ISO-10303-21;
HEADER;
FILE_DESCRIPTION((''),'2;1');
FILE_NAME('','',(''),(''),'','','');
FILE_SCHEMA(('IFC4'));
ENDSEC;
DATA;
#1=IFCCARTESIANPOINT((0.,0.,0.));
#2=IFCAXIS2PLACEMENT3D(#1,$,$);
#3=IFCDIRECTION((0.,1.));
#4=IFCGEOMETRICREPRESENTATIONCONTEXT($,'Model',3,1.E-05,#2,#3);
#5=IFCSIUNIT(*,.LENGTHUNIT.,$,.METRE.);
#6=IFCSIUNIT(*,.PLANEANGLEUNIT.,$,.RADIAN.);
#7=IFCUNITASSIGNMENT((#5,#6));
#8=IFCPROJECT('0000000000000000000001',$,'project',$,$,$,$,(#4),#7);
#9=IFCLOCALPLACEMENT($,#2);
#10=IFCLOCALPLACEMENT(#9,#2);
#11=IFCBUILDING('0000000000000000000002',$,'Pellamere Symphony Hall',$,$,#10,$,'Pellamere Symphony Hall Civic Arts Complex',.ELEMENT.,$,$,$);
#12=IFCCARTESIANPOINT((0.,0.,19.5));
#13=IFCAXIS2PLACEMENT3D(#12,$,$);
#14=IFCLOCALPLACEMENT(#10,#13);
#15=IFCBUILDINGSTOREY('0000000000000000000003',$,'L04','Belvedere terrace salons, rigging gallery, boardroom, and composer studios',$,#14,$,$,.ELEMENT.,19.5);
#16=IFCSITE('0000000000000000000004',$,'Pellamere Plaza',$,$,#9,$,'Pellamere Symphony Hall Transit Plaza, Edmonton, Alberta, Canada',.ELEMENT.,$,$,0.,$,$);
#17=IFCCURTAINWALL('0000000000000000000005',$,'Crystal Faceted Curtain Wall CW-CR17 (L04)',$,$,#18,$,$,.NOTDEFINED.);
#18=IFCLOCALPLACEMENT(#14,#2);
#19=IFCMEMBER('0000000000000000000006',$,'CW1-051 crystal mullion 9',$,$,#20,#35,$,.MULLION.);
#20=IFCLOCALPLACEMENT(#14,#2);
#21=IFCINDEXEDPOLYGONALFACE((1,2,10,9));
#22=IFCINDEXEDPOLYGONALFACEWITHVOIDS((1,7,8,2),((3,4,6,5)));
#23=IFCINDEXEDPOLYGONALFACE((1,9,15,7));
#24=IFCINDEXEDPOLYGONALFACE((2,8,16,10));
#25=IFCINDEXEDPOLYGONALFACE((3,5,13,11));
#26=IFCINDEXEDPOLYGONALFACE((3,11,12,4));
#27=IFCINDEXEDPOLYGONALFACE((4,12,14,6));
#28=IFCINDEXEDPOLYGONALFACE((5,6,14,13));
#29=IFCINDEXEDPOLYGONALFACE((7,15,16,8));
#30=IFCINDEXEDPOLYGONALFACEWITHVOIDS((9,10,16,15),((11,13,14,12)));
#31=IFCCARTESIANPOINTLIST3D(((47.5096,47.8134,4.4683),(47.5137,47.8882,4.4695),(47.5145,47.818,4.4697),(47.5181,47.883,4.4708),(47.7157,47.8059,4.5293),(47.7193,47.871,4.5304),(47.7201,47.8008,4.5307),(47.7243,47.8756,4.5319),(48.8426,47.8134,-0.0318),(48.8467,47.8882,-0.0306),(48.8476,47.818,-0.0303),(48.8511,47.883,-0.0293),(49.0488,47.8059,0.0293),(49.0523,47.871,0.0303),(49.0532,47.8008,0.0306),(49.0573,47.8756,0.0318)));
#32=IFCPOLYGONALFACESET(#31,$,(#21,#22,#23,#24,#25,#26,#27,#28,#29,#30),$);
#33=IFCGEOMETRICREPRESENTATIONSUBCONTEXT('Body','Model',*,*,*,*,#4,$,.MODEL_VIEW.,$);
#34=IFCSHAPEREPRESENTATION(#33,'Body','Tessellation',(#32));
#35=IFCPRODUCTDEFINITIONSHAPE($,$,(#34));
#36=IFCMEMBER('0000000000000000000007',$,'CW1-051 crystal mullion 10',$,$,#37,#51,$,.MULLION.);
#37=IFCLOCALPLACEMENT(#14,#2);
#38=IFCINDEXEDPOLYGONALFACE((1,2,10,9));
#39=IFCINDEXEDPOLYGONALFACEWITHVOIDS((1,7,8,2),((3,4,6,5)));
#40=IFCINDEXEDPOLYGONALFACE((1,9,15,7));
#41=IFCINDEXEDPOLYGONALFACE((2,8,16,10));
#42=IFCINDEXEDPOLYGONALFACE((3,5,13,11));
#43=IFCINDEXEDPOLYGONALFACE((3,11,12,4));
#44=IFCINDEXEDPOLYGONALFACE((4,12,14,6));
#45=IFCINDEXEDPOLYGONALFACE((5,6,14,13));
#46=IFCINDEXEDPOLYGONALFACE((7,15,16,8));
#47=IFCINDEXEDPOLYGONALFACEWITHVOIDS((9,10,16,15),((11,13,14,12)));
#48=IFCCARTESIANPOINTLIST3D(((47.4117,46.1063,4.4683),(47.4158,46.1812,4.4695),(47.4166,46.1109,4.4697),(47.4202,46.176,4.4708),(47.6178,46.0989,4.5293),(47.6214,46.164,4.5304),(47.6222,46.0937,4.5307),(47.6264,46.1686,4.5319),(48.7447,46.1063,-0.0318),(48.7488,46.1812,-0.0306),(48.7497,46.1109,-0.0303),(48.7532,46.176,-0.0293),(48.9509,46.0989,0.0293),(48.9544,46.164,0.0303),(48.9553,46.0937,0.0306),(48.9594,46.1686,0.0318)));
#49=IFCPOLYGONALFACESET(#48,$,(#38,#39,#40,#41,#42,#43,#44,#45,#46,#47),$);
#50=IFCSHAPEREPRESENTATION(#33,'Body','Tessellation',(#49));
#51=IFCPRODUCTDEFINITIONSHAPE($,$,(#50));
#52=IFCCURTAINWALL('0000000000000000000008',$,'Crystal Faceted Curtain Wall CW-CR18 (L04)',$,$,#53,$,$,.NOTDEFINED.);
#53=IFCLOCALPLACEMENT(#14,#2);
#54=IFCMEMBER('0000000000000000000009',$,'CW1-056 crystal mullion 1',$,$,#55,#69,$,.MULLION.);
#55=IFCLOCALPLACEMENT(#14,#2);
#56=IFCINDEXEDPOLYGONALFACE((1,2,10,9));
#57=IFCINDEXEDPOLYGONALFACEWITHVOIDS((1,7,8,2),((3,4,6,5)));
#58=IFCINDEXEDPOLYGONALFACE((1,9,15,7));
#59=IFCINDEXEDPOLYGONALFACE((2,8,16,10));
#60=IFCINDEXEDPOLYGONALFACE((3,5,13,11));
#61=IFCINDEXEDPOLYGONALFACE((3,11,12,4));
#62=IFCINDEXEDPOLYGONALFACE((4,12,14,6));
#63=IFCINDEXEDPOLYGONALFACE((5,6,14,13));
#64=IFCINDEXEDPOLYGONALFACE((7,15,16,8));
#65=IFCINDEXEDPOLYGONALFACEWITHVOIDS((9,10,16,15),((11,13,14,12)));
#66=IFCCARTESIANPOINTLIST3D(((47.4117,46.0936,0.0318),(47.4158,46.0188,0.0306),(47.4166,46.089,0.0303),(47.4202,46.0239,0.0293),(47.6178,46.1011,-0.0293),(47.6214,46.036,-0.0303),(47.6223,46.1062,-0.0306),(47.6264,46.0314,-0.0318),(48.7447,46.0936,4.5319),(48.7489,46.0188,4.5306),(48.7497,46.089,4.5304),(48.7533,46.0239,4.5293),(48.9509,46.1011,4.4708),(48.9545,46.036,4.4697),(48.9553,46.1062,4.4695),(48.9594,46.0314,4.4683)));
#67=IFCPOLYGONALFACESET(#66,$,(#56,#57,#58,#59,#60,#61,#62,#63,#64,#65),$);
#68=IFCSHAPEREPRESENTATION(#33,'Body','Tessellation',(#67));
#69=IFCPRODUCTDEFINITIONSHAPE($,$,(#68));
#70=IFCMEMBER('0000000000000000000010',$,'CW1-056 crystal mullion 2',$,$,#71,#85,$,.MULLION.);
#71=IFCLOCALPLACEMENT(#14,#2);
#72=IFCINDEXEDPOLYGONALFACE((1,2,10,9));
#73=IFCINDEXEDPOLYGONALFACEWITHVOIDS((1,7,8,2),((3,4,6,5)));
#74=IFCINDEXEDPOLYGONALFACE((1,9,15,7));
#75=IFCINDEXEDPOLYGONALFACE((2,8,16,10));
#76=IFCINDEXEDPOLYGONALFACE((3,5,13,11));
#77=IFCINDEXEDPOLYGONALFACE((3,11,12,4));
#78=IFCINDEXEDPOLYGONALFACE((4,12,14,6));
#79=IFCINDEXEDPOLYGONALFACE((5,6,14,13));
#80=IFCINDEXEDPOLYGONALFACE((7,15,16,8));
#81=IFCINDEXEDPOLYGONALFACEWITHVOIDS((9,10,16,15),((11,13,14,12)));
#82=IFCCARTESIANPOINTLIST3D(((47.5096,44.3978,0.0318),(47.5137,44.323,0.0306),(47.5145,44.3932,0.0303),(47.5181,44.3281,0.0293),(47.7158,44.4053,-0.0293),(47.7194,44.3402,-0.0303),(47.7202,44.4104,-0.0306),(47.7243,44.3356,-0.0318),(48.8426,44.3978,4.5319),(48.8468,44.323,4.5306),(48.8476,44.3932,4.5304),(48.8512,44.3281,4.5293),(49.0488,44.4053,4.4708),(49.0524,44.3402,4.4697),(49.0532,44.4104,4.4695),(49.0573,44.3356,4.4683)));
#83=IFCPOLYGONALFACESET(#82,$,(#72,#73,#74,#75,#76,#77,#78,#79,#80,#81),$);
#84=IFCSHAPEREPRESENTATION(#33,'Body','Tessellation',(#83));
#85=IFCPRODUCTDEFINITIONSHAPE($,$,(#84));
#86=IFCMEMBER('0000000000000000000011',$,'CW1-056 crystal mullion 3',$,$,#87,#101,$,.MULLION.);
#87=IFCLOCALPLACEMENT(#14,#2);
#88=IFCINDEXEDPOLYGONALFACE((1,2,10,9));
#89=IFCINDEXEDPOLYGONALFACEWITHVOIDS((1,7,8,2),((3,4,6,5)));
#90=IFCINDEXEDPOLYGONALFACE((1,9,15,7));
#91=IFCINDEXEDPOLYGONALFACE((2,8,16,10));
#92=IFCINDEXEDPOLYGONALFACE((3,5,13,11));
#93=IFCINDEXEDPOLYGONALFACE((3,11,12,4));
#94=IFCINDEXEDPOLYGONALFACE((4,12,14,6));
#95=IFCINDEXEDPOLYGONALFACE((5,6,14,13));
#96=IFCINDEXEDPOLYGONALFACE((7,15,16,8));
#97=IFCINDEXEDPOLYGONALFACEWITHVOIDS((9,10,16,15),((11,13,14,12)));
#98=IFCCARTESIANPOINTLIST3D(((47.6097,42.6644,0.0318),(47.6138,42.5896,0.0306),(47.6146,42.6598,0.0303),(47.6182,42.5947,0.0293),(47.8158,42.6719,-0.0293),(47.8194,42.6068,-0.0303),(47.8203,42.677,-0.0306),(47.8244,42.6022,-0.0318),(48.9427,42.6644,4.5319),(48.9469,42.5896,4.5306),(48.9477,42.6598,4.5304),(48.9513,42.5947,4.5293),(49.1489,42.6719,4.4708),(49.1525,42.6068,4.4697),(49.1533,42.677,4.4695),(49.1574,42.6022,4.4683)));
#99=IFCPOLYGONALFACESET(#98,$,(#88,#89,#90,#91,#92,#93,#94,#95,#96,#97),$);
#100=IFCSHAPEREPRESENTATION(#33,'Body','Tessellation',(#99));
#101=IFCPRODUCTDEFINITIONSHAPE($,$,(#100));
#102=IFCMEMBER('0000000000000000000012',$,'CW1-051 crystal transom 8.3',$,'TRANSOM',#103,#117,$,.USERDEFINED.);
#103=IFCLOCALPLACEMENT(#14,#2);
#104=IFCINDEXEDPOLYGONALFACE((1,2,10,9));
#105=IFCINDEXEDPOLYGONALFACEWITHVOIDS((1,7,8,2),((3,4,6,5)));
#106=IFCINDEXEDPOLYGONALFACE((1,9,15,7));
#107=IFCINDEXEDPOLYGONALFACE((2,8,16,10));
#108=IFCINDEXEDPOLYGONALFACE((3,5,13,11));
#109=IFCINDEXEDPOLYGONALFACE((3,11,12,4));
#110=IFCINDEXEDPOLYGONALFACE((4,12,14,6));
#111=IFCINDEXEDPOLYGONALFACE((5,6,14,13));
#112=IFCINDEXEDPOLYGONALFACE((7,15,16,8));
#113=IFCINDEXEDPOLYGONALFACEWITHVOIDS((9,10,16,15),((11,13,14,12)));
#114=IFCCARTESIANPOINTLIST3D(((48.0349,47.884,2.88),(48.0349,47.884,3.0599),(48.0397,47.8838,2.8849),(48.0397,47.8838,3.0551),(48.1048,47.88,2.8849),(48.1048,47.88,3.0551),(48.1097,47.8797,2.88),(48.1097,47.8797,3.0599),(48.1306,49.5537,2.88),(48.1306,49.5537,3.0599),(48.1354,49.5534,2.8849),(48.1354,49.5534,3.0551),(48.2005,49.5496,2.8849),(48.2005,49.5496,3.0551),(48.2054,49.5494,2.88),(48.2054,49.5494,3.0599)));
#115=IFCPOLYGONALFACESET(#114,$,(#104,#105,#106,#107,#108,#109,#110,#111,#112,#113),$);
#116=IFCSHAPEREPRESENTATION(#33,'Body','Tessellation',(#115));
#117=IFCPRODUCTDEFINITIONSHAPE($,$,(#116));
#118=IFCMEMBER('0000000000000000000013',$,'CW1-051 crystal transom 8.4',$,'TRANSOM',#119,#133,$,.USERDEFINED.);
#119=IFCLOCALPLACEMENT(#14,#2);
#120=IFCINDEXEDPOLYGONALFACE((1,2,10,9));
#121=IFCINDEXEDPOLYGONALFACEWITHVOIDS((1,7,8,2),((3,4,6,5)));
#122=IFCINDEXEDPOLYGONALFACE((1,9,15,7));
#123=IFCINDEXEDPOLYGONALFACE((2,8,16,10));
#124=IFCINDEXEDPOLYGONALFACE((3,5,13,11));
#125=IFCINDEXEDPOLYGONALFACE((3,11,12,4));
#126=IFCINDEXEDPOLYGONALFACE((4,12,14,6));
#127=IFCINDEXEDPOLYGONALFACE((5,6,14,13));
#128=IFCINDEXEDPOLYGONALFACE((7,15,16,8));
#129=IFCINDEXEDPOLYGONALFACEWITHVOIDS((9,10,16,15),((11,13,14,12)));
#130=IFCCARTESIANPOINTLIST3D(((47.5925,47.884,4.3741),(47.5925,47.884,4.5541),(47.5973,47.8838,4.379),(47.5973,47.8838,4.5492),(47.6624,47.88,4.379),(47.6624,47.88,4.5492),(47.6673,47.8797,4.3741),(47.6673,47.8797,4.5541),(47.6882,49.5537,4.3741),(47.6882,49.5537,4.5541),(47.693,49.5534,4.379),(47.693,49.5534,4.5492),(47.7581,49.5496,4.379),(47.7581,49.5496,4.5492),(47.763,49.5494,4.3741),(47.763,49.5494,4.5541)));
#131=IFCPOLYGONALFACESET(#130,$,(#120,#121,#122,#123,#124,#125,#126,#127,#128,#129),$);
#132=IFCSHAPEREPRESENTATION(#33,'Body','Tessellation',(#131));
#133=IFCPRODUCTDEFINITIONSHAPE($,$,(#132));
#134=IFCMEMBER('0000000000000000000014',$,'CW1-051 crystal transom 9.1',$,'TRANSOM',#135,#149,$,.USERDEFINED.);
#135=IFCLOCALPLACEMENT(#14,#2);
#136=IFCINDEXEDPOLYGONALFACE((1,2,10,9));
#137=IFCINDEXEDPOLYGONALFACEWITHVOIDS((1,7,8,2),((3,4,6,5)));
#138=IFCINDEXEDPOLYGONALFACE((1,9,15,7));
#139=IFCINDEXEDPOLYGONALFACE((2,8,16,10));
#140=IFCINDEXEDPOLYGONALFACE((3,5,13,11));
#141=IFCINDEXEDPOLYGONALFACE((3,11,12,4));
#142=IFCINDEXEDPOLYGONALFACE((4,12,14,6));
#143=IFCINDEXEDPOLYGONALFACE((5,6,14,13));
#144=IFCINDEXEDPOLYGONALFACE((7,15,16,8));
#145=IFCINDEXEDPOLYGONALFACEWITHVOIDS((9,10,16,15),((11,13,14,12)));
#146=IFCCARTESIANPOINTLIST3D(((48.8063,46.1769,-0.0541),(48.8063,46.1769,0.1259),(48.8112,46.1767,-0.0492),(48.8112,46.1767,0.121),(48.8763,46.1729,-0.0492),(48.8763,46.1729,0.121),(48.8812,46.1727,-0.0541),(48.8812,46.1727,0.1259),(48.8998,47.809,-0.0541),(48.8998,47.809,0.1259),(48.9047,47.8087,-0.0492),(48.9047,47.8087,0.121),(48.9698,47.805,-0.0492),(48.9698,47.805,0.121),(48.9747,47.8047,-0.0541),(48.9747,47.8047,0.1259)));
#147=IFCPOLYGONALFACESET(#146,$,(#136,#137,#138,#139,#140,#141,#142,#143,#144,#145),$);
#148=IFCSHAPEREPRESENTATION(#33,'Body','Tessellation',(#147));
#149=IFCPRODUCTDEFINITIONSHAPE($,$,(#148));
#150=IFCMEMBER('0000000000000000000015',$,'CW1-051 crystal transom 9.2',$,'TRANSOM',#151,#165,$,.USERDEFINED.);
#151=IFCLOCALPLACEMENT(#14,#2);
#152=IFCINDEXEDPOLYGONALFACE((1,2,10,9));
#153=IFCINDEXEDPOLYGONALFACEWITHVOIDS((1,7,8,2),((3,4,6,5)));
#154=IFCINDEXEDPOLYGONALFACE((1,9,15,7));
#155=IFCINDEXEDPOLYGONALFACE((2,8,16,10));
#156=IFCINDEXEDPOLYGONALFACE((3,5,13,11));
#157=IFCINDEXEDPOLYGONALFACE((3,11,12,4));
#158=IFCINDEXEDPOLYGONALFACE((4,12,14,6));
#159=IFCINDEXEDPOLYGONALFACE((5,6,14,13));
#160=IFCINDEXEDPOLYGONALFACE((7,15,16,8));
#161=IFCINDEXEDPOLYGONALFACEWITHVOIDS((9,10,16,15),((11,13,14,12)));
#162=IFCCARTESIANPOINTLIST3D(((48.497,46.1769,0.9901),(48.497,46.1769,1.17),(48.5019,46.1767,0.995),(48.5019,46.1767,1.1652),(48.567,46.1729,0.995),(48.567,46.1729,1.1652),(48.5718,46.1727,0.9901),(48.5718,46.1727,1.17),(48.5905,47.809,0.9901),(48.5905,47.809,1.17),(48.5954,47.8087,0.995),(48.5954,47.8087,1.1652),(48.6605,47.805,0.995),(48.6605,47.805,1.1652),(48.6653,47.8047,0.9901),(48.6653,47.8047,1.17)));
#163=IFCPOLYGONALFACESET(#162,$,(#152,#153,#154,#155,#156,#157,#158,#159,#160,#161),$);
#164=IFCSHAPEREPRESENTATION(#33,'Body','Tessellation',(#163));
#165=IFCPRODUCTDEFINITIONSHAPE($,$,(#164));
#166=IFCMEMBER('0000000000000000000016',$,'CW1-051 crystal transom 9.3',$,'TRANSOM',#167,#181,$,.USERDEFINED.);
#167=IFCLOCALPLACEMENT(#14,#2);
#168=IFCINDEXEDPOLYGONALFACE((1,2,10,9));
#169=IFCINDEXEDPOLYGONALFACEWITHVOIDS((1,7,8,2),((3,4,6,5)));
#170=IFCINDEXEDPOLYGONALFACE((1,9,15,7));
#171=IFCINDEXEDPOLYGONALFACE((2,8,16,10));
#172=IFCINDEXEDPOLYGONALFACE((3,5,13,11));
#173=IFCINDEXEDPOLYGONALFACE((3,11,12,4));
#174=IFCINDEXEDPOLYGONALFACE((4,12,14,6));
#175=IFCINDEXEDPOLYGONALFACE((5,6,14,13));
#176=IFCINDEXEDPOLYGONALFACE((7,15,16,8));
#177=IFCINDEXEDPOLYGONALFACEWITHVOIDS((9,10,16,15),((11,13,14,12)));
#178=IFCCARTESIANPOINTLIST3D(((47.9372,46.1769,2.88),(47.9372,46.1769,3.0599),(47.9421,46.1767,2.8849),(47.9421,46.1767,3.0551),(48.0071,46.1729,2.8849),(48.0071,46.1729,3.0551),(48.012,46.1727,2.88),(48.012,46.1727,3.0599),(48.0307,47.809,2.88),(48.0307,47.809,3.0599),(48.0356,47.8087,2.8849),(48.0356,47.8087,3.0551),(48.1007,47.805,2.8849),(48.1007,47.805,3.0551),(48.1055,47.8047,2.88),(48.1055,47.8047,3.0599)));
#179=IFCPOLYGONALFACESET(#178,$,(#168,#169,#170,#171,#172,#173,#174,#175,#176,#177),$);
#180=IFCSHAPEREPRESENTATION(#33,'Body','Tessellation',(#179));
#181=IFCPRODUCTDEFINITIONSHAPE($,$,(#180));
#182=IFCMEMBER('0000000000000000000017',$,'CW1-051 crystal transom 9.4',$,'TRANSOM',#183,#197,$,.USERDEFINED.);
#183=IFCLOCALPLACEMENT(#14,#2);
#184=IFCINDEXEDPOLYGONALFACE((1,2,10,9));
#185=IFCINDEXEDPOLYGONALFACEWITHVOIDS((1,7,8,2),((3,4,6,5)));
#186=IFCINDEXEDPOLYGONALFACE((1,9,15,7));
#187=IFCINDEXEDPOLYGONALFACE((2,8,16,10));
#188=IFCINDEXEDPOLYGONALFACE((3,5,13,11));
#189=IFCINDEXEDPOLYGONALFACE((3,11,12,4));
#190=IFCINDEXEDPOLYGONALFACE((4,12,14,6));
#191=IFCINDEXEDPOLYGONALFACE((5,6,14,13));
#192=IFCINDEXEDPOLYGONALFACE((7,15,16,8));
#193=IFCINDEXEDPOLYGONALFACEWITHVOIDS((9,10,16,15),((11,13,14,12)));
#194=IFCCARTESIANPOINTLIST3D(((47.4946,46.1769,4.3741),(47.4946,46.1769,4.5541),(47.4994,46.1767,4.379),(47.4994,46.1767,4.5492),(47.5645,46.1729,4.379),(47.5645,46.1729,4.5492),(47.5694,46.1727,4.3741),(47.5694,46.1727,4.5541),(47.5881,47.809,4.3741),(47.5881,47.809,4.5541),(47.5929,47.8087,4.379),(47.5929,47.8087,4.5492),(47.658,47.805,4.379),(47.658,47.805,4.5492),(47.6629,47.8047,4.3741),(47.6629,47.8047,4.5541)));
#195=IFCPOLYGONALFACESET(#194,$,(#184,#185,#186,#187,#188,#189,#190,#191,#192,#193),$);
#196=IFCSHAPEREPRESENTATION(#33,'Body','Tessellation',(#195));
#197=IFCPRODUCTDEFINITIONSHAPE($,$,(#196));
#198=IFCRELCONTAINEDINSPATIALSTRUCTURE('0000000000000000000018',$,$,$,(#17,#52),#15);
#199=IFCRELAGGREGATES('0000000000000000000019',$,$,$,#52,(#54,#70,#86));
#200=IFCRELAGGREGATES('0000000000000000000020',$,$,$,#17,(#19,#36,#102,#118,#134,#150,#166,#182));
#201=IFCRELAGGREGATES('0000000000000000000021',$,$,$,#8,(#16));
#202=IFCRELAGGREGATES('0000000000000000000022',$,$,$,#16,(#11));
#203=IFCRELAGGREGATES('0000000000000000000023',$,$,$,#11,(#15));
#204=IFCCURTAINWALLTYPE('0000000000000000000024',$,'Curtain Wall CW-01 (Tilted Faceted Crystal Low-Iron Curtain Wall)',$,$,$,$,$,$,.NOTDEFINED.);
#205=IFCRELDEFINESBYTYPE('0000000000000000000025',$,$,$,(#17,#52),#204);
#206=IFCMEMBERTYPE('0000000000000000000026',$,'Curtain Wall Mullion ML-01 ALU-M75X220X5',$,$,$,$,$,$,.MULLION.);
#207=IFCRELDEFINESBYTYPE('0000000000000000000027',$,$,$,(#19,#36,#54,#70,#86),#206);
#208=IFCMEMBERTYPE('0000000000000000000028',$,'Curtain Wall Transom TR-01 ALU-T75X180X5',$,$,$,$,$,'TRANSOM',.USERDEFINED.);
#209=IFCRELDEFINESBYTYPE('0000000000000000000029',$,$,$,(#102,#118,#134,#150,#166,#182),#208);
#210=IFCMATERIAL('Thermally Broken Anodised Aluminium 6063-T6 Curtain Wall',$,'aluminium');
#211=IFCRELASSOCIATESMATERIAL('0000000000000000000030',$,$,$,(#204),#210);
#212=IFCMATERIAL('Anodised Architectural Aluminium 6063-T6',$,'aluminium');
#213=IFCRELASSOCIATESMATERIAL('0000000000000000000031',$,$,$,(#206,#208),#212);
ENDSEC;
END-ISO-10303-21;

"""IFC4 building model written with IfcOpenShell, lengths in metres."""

from ifc_helpers import new_model, si_unit, direction, frame, origin, origin_2d, place, context, subcontext, project, spatial, hollow_rectangle, extrude, material, material_profile, profile_set, type_object, element, aggregate, save


model = new_model("IFC4")

# Units and contexts
model_context = context("Model", 3, precision=1e-05, world=origin(), true_north=direction((0.0, 1.0)))
body_context = subcontext(model_context, "Body", "Model", "MODEL_VIEW")
ifc_project = project(units=[si_unit("LENGTHUNIT", "METRE"), si_unit("PLANEANGLEUNIT", "RADIAN")], contexts=[model_context])

# Site, building, storey
site_placement = place(None, origin())
site = spatial("IfcSite", under=ifc_project, at=site_placement, Name="Pellamere Plaza", LongName="Pellamere Symphony Hall Transit Plaza, Edmonton, Alberta, Canada", CompositionType="ELEMENT", RefElevation=0.0)
building_placement = place(site_placement, origin())
building = spatial("IfcBuilding", under=site, at=building_placement, Name="Pellamere Symphony Hall", LongName="Pellamere Symphony Hall Civic Arts Complex", CompositionType="ELEMENT")
storey_placement = place(building_placement, frame((0.0, 0.0, 19.5)))
storey = spatial("IfcBuildingStorey", under=building, at=storey_placement, Name="L04", Description="Belvedere terrace salons, rigging gallery, boardroom, and composer studios", CompositionType="ELEMENT", Elevation=19.5)

# Curtain walls, members
ifc_material_1 = material(Name="Thermally Broken Anodised Aluminium 6063-T6 Curtain Wall", Category="aluminium")
curtain_wall_type = type_object("IfcCurtainWallType", Name="Curtain Wall CW-01 (Tilted Faceted Crystal Low-Iron Curtain Wall)", PredefinedType="NOTDEFINED", material=ifc_material_1)
curtain_wall_1_placement = place(storey_placement, origin())
curtain_wall_1 = element("IfcCurtainWall", 1, at=curtain_wall_1_placement, inside=storey, type_object=curtain_wall_type, Name="Crystal Faceted Curtain Wall CW-CR17 (L04)", PredefinedType="NOTDEFINED")
ifc_material_2 = material(Name="Anodised Architectural Aluminium 6063-T6", Category="aluminium")
ifc_material_profile_1 = material_profile(ifc_material_2, hollow_rectangle(XDim=0.075, YDim=0.22, WallThickness=0.0049, at=origin_2d()), Name="ALU-M75X220X5")
ifc_profile_set_1 = profile_set([ifc_material_profile_1], Name="Anodised Architectural Aluminium 6063-T6")
member_type_1 = type_object("IfcMemberType", Name="Curtain Wall Mullion ML-01 ALU-M75X220X5", PredefinedType="MULLION", material=ifc_profile_set_1)
member_1_placement = place(storey_placement, frame((48.95, 47.8445, 0.0), z_axis=(-0.284025, 0.0, 0.958817), x_axis=(-0.054874, -0.998361, -0.016255)))
member_1 = element("IfcMember", 2, at=member_1_placement, type_object=member_type_1, Name="CW1-051 crystal mullion 9", PredefinedType="MULLION", context=body_context, shape_type="SweptSolid", body=[
    extrude(hollow_rectangle(XDim=0.075, YDim=0.22, WallThickness=0.0049, at=origin_2d()), origin(), (0.0, 0.0, 1.0), 4.6934),
])
member_2_placement = place(storey_placement, frame((48.8521, 46.1375, 0.0), z_axis=(-0.284025, 0.0, 0.958817), x_axis=(-0.054874, -0.998361, -0.016255)))
member_2 = element("IfcMember", 3, at=member_2_placement, type_object=member_type_1, Name="CW1-051 crystal mullion 10", PredefinedType="MULLION", context=body_context, shape_type="SweptSolid", body=[
    extrude(hollow_rectangle(XDim=0.075, YDim=0.22, WallThickness=0.0049, at=origin_2d()), origin(), (0.0, 0.0, 1.0), 4.6934),
])
curtain_wall_2_placement = place(storey_placement, origin())
curtain_wall_2 = element("IfcCurtainWall", 4, at=curtain_wall_2_placement, inside=storey, type_object=curtain_wall_type, Name="Crystal Faceted Curtain Wall CW-CR18 (L04)", PredefinedType="NOTDEFINED")
member_3_placement = place(storey_placement, frame((47.519, 46.0625, 0.0), z_axis=(0.284025, 0.0, 0.958817), x_axis=(-0.055225, 0.99834, 0.016359)))
member_3 = element("IfcMember", 5, at=member_3_placement, type_object=member_type_1, Name="CW1-056 crystal mullion 1", PredefinedType="MULLION", context=body_context, shape_type="SweptSolid", body=[
    extrude(hollow_rectangle(XDim=0.075, YDim=0.22, WallThickness=0.0049, at=origin_2d()), origin(), (0.0, 0.0, 1.0), 4.6934),
])
member_4_placement = place(storey_placement, frame((47.6169, 44.3667, 0.0), z_axis=(0.284025, 0.0, 0.958817), x_axis=(-0.055225, 0.99834, 0.016359)))
member_4 = element("IfcMember", 6, at=member_4_placement, type_object=member_type_1, Name="CW1-056 crystal mullion 2", PredefinedType="MULLION", context=body_context, shape_type="SweptSolid", body=[
    extrude(hollow_rectangle(XDim=0.075, YDim=0.22, WallThickness=0.0049, at=origin_2d()), origin(), (0.0, 0.0, 1.0), 4.6934),
])
member_5_placement = place(storey_placement, frame((47.717, 42.6333, 0.0), z_axis=(0.284025, 0.0, 0.958817), x_axis=(-0.055225, 0.99834, 0.016359)))
member_5 = element("IfcMember", 7, at=member_5_placement, type_object=member_type_1, Name="CW1-056 crystal mullion 3", PredefinedType="MULLION", context=body_context, shape_type="SweptSolid", body=[
    extrude(hollow_rectangle(XDim=0.075, YDim=0.22, WallThickness=0.0049, at=origin_2d()), origin(), (0.0, 0.0, 1.0), 4.6934),
])

# Members
ifc_material_profile_2 = material_profile(ifc_material_2, hollow_rectangle(XDim=0.075, YDim=0.1799, WallThickness=0.0049, at=origin_2d()), Name="ALU-T75X180X5")
ifc_profile_set_2 = profile_set([ifc_material_profile_2], Name="Anodised Architectural Aluminium 6063-T6")
member_type_2 = type_object("IfcMemberType", Name="Curtain Wall Transom TR-01 ALU-T75X180X5", ElementType="TRANSOM", PredefinedType="USERDEFINED", material=ifc_profile_set_2)
member_6_placement = place(storey_placement, frame((48.168, 49.5515, 2.97), z_axis=(-0.057224, -0.998361, 0.0), x_axis=(0.998361, -0.057224, 0.0)))
member_6 = element("IfcMember", 8, at=member_6_placement, type_object=member_type_2, Name="CW1-051 crystal transom 8.3", ObjectType="TRANSOM", PredefinedType="USERDEFINED", context=body_context, shape_type="SweptSolid", body=[
    extrude(hollow_rectangle(XDim=0.075, YDim=0.1799, WallThickness=0.0049, at=origin_2d()), origin(), (0.0, 0.0, 1.0), 1.6724),
])
member_7_placement = place(storey_placement, frame((47.7256, 49.5515, 4.4641), z_axis=(-0.057224, -0.998361, 0.0), x_axis=(0.998361, -0.057224, 0.0)))
member_7 = element("IfcMember", 9, at=member_7_placement, type_object=member_type_2, Name="CW1-051 crystal transom 8.4", ObjectType="TRANSOM", PredefinedType="USERDEFINED", context=body_context, shape_type="SweptSolid", body=[
    extrude(hollow_rectangle(XDim=0.075, YDim=0.1799, WallThickness=0.0049, at=origin_2d()), origin(), (0.0, 0.0, 1.0), 1.6724),
])
member_8_placement = place(storey_placement, frame((48.9373, 47.8069, 0.0359), z_axis=(-0.057199, -0.998363, 0.0), x_axis=(0.998363, -0.057199, 0.0)))
member_8 = element("IfcMember", 10, at=member_8_placement, type_object=member_type_2, Name="CW1-051 crystal transom 9.1", ObjectType="TRANSOM", PredefinedType="USERDEFINED", context=body_context, shape_type="SweptSolid", body=[
    extrude(hollow_rectangle(XDim=0.075, YDim=0.1799, WallThickness=0.0049, at=origin_2d()), origin(), (0.0, 0.0, 1.0), 1.6348),
])
member_9_placement = place(storey_placement, frame((48.6279, 47.8069, 1.0801), z_axis=(-0.057199, -0.998363, 0.0), x_axis=(0.998363, -0.057199, 0.0)))
member_9 = element("IfcMember", 11, at=member_9_placement, type_object=member_type_2, Name="CW1-051 crystal transom 9.2", ObjectType="TRANSOM", PredefinedType="USERDEFINED", context=body_context, shape_type="SweptSolid", body=[
    extrude(hollow_rectangle(XDim=0.075, YDim=0.1799, WallThickness=0.0049, at=origin_2d()), origin(), (0.0, 0.0, 1.0), 1.6348),
])
member_10_placement = place(storey_placement, frame((48.0681, 47.8069, 2.97), z_axis=(-0.057199, -0.998363, 0.0), x_axis=(0.998363, -0.057199, 0.0)))
member_10 = element("IfcMember", 12, at=member_10_placement, type_object=member_type_2, Name="CW1-051 crystal transom 9.3", ObjectType="TRANSOM", PredefinedType="USERDEFINED", context=body_context, shape_type="SweptSolid", body=[
    extrude(hollow_rectangle(XDim=0.075, YDim=0.1799, WallThickness=0.0049, at=origin_2d()), origin(), (0.0, 0.0, 1.0), 1.6348),
])
member_11_placement = place(storey_placement, frame((47.6255, 47.8069, 4.4641), z_axis=(-0.057199, -0.998363, 0.0), x_axis=(0.998363, -0.057199, 0.0)))
member_11 = element("IfcMember", 13, at=member_11_placement, type_object=member_type_2, Name="CW1-051 crystal transom 9.4", ObjectType="TRANSOM", PredefinedType="USERDEFINED", context=body_context, shape_type="SweptSolid", body=[
    extrude(hollow_rectangle(XDim=0.075, YDim=0.1799, WallThickness=0.0049, at=origin_2d()), origin(), (0.0, 0.0, 1.0), 1.6348),
])

aggregate(curtain_wall_2, [member_3, member_4, member_5])
aggregate(curtain_wall_1, [member_1, member_2, member_6, member_7, member_8, member_9, member_10, member_11])

save(model, "model.ifc")
